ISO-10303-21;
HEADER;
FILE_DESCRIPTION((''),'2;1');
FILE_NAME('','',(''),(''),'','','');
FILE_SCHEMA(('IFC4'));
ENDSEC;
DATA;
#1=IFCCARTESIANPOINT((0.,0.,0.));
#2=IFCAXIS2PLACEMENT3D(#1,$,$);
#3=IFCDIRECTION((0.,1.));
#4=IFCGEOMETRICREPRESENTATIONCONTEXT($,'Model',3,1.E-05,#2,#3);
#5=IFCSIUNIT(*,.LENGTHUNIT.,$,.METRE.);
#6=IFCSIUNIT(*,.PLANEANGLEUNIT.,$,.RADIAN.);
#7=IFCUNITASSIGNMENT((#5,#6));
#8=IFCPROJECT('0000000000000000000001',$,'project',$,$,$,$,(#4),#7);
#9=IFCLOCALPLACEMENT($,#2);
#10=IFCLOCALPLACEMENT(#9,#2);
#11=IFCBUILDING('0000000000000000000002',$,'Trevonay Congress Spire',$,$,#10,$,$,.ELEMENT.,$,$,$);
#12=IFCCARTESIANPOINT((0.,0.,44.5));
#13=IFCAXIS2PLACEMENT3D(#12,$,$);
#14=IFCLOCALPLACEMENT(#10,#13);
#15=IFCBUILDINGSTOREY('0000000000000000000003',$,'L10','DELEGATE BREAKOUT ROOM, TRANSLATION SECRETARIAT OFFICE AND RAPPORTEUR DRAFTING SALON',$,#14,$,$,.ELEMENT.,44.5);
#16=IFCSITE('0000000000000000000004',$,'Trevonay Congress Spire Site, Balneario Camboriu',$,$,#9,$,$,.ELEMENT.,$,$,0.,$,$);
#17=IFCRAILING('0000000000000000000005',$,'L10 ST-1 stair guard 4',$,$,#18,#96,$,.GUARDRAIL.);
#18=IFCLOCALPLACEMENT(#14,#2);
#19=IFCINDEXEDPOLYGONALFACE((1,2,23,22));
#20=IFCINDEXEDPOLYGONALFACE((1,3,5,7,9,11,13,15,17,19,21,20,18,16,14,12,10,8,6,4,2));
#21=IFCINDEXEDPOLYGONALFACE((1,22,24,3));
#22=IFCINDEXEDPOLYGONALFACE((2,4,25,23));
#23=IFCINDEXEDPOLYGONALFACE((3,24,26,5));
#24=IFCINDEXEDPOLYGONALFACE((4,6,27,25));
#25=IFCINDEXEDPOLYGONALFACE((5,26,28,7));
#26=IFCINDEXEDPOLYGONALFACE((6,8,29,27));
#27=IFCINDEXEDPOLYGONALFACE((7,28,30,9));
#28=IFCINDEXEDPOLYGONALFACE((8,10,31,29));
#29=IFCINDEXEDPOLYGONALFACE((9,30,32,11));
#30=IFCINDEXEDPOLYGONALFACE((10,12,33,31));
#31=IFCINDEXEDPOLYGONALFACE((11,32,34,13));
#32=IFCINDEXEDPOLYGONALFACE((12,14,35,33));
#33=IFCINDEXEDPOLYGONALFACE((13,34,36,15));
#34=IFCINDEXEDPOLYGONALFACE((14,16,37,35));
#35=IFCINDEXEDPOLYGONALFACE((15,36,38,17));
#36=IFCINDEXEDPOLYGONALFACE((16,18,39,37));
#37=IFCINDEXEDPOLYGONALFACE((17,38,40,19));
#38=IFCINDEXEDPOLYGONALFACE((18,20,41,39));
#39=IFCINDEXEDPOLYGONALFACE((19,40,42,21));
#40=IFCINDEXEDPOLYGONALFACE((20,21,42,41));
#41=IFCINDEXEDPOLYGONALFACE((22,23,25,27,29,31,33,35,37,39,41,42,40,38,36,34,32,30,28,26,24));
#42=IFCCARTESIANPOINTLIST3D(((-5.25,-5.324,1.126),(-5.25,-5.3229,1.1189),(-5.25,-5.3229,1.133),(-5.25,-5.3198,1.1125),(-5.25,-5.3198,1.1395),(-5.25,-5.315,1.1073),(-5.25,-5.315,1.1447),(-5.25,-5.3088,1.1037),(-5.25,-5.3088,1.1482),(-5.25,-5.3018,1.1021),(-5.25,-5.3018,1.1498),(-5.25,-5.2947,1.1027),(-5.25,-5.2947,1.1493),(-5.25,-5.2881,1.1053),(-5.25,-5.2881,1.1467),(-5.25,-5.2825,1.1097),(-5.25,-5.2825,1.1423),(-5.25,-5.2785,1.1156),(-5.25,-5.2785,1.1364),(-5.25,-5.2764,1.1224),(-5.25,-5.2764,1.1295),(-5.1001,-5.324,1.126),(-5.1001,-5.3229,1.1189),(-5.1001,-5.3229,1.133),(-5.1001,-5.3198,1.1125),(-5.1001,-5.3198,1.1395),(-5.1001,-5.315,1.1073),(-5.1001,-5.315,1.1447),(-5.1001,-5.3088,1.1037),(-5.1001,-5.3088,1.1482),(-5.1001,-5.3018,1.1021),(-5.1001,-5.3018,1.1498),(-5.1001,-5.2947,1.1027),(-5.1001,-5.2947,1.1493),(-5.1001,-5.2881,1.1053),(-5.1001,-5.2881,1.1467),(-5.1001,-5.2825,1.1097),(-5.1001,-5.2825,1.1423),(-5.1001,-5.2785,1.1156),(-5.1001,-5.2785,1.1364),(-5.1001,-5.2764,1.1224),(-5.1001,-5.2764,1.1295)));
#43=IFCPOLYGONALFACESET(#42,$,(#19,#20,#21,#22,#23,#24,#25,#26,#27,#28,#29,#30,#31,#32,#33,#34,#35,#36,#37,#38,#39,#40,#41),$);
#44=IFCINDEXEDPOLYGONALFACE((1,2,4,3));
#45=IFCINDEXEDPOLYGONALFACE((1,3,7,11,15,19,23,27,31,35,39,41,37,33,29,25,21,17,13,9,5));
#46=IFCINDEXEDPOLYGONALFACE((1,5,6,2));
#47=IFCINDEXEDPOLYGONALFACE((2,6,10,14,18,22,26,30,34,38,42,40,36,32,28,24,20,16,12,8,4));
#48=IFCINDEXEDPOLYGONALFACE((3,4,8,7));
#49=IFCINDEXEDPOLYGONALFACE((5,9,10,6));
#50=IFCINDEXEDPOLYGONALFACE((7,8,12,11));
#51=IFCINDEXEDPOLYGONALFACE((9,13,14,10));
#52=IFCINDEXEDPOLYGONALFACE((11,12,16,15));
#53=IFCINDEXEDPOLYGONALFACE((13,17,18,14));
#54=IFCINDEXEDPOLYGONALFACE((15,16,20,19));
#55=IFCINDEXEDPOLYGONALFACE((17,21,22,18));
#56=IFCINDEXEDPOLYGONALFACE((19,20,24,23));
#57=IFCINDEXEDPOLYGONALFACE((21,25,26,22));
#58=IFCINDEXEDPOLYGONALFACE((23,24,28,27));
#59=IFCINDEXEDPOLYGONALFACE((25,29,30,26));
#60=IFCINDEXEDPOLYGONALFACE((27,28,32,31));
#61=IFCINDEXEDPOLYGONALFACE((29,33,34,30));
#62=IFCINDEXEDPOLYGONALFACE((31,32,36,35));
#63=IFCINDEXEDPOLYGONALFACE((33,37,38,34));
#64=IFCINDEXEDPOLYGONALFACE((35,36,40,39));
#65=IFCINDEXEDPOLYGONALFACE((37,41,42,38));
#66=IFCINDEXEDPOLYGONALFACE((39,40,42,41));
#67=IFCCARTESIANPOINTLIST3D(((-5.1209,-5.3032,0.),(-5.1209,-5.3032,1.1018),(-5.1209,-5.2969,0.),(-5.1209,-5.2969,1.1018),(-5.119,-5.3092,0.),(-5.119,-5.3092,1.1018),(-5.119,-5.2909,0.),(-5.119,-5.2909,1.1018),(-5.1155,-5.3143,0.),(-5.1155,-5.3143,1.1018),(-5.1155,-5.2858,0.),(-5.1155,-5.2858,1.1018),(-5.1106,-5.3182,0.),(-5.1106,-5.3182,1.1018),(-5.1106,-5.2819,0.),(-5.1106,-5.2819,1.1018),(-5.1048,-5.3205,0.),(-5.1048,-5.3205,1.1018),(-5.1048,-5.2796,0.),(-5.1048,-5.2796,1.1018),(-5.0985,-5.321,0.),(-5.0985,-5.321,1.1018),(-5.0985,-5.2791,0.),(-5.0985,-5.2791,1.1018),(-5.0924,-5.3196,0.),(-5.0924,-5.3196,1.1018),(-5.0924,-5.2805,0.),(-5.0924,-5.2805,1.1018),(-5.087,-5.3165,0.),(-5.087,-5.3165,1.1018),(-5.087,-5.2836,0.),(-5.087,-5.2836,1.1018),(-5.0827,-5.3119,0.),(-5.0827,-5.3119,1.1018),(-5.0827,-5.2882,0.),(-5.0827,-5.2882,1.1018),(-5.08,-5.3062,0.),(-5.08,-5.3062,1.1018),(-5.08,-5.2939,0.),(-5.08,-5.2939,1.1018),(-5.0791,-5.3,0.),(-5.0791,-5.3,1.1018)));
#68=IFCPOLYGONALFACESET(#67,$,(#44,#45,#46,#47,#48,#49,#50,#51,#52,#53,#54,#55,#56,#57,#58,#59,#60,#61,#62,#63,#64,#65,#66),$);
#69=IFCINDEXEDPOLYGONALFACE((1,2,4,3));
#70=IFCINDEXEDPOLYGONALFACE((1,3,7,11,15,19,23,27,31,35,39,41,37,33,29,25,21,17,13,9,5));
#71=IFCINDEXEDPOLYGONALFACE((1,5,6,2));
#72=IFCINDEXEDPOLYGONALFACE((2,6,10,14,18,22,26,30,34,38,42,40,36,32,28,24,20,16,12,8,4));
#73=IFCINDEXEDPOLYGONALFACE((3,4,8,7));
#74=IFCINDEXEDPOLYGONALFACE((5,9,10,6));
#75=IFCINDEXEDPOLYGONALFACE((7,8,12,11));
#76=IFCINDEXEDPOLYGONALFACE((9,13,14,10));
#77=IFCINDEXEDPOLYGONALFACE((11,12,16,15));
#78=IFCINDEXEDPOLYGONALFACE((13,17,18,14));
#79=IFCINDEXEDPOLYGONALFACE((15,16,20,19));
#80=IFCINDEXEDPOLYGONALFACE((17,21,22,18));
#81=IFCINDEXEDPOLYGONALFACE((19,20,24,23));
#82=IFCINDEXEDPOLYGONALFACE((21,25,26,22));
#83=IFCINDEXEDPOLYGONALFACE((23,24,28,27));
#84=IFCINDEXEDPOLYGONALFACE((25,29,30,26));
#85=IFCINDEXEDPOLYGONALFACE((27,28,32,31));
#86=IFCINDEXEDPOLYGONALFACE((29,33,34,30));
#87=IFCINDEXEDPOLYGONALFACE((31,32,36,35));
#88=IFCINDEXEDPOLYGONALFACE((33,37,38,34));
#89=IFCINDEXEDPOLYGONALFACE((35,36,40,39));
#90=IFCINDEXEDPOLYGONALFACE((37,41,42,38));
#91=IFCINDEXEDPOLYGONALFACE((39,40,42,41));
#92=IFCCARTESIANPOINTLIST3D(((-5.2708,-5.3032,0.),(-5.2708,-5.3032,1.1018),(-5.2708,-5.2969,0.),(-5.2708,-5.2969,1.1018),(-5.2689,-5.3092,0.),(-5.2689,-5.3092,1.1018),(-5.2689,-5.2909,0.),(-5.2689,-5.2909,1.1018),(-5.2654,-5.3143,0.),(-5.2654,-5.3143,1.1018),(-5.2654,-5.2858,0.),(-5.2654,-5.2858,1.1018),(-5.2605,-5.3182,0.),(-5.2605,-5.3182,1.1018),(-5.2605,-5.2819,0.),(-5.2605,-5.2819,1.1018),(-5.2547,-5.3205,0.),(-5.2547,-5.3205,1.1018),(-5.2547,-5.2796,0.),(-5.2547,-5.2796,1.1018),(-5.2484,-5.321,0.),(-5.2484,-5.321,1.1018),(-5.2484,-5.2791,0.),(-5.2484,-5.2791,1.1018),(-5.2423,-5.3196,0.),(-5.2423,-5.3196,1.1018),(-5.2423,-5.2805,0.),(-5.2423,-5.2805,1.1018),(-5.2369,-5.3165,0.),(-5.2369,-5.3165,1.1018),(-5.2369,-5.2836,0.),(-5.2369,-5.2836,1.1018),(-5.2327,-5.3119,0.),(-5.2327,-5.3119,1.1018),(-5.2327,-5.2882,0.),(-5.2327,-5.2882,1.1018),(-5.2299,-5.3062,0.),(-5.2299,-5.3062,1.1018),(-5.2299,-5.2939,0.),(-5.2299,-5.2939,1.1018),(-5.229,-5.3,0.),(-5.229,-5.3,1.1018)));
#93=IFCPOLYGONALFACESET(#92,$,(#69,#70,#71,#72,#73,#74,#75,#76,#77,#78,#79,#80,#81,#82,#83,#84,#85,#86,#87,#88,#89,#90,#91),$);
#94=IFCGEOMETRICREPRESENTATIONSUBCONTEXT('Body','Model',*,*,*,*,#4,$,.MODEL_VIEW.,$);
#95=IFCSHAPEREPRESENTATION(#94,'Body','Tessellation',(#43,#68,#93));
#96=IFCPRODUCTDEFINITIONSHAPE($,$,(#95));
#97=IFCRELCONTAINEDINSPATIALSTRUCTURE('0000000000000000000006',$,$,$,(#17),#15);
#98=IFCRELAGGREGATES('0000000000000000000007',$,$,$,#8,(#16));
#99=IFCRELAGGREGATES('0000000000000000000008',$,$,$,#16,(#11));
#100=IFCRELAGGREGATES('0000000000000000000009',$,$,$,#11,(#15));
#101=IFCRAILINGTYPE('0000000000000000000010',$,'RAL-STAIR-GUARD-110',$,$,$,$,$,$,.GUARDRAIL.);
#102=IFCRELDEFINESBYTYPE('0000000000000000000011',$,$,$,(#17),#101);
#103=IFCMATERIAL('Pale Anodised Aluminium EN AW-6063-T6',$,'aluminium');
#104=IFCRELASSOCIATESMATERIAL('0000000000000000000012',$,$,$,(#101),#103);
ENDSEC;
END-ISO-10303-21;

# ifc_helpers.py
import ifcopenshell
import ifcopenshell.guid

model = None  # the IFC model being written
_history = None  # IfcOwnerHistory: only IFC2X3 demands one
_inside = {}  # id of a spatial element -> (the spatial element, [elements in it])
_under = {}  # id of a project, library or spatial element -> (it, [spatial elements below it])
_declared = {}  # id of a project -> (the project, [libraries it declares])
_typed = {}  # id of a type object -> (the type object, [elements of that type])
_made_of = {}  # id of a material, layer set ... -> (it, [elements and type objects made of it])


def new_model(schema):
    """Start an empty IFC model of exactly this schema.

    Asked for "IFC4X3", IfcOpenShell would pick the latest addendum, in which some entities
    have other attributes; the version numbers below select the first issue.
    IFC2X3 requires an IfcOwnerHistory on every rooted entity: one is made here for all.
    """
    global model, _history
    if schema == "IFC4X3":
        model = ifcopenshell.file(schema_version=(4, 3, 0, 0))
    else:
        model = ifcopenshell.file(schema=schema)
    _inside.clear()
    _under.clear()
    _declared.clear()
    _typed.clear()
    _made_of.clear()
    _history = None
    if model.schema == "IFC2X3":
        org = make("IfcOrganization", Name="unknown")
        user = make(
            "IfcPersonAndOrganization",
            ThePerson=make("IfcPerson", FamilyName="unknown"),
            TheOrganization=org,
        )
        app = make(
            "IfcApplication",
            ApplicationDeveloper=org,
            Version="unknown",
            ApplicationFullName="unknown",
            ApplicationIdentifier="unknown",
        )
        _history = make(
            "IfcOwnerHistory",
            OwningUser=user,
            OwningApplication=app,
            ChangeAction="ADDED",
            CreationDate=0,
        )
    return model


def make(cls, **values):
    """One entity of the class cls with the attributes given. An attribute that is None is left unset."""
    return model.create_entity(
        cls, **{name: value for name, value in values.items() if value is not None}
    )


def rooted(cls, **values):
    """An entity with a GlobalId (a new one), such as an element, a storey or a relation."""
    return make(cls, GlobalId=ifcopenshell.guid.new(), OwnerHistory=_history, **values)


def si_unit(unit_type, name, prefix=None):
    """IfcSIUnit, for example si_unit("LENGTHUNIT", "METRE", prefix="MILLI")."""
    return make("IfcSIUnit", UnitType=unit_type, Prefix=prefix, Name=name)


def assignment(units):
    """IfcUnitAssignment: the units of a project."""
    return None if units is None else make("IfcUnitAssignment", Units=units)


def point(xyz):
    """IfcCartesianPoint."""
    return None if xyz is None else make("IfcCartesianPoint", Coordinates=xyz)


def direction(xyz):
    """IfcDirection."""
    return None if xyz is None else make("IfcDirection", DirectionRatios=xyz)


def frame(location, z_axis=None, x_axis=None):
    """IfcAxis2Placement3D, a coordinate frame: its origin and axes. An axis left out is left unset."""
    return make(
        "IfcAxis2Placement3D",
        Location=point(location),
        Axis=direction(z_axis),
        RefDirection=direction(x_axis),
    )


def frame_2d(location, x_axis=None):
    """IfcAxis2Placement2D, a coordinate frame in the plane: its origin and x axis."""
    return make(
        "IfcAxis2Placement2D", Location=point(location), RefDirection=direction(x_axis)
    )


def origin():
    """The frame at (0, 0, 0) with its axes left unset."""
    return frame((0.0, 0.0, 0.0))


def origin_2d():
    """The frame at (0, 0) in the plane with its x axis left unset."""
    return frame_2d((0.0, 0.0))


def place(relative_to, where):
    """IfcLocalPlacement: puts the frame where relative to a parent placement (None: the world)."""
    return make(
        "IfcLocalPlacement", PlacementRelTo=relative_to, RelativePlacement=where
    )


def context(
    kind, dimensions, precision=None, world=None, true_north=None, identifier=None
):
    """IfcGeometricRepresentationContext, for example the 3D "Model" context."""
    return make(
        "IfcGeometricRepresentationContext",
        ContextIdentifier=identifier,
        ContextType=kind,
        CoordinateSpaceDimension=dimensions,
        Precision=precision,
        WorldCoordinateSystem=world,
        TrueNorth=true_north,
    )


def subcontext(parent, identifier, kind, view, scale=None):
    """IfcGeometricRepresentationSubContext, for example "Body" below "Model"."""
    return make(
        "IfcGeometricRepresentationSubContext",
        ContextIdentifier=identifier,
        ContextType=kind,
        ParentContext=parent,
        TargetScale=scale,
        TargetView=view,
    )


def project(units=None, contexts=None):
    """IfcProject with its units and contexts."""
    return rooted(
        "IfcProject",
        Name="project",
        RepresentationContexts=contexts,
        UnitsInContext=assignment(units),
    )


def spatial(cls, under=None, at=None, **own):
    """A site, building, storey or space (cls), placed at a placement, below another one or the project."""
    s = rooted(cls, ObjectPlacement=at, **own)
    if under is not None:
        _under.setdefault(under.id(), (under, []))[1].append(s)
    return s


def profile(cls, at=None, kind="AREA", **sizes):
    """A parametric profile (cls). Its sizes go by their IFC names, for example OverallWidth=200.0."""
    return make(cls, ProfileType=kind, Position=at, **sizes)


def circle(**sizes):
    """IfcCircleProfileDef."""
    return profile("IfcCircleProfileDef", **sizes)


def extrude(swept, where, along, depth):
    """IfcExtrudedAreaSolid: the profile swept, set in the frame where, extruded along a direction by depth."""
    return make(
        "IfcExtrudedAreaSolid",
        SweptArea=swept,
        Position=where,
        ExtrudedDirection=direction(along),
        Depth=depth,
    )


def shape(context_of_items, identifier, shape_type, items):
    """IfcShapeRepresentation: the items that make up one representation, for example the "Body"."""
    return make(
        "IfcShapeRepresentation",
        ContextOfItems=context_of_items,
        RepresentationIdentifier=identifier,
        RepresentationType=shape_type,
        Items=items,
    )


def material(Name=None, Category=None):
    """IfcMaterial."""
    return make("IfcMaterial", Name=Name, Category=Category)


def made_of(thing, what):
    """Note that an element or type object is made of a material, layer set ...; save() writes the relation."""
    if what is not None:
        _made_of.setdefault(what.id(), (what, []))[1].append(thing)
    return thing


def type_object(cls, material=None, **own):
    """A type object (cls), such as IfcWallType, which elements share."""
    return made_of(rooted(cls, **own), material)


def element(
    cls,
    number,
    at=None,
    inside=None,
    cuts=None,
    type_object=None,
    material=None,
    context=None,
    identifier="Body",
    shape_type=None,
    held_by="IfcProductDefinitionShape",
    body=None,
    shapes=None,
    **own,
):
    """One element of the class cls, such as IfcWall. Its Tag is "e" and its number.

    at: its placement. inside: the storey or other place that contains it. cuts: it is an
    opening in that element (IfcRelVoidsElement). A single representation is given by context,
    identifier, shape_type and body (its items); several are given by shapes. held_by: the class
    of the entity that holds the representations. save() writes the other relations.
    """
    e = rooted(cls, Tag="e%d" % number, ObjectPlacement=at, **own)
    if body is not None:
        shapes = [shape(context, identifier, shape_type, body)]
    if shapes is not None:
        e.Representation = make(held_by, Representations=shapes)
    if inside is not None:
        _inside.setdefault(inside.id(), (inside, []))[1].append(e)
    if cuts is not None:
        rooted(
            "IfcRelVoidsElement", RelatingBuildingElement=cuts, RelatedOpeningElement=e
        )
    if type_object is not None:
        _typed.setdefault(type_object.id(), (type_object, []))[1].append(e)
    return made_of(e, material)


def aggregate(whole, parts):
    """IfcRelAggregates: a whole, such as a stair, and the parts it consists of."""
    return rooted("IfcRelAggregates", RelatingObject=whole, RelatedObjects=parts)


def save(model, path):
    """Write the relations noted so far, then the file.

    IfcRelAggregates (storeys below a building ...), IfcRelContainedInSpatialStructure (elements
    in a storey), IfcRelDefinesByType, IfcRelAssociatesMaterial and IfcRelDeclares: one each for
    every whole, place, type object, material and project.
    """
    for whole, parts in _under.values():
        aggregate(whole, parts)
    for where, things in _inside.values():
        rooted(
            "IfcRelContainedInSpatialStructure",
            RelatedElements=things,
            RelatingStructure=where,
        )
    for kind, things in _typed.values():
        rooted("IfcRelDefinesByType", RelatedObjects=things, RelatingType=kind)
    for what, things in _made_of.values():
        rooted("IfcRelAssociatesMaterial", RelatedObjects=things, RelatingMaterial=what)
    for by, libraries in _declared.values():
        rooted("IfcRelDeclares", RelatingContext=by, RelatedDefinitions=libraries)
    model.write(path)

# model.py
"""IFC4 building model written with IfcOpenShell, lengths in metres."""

from ifc_helpers import new_model, si_unit, direction, frame, origin, origin_2d, place, context, subcontext, project, spatial, circle, extrude, material, type_object, element, save


model = new_model("IFC4")

# Units and contexts
model_context = context("Model", 3, precision=1e-05, world=origin(), true_north=direction((0.0, 1.0)))
body_context = subcontext(model_context, "Body", "Model", "MODEL_VIEW")
ifc_project = project(units=[si_unit("LENGTHUNIT", "METRE"), si_unit("PLANEANGLEUNIT", "RADIAN")], contexts=[model_context])

# Site, building, storey
site_placement = place(None, origin())
site = spatial("IfcSite", under=ifc_project, at=site_placement, Name="Trevonay Congress Spire Site, Balneario Camboriu", CompositionType="ELEMENT", RefElevation=0.0)
building_placement = place(site_placement, origin())
building = spatial("IfcBuilding", under=site, at=building_placement, Name="Trevonay Congress Spire", CompositionType="ELEMENT")
storey_placement = place(building_placement, frame((0.0, 0.0, 44.5)))
storey = spatial("IfcBuildingStorey", under=building, at=storey_placement, Name="L10", Description="DELEGATE BREAKOUT ROOM, TRANSLATION SECRETARIAT OFFICE AND RAPPORTEUR DRAFTING SALON", CompositionType="ELEMENT", Elevation=44.5)

# Shared definitions
ifc_material_1 = material(Name="Pale Anodised Aluminium EN AW-6063-T6", Category="aluminium")

# Railing
railing_type_1 = type_object("IfcRailingType", Name="RAL-STAIR-GUARD-110", PredefinedType="GUARDRAIL", material=ifc_material_1)
railing_1_placement = place(storey_placement, frame((-5.1001, -5.3, 0.0)))
element("IfcRailing", 1, at=railing_1_placement, inside=storey, type_object=railing_type_1, Name="L10 ST-1 stair guard 4", PredefinedType="GUARDRAIL", context=body_context, shape_type="SweptSolid", body=[
    extrude(circle(Radius=0.0239, at=origin_2d()), frame((0.0, 0.0, 1.126), z_axis=(-1.0, 0.0, 0.0), x_axis=(0.0, -1.0, 0.0)), (0.0, 0.0, 1.0), 0.1499),
    extrude(circle(Radius=0.021, at=origin_2d()), origin(), (0.0, 0.0, 1.0), 1.1018),
    extrude(circle(Radius=0.021, at=origin_2d()), frame((-0.1499, 0.0, 0.0)), (0.0, 0.0, 1.0), 1.1018),
])

save(model, "model.ifc")
